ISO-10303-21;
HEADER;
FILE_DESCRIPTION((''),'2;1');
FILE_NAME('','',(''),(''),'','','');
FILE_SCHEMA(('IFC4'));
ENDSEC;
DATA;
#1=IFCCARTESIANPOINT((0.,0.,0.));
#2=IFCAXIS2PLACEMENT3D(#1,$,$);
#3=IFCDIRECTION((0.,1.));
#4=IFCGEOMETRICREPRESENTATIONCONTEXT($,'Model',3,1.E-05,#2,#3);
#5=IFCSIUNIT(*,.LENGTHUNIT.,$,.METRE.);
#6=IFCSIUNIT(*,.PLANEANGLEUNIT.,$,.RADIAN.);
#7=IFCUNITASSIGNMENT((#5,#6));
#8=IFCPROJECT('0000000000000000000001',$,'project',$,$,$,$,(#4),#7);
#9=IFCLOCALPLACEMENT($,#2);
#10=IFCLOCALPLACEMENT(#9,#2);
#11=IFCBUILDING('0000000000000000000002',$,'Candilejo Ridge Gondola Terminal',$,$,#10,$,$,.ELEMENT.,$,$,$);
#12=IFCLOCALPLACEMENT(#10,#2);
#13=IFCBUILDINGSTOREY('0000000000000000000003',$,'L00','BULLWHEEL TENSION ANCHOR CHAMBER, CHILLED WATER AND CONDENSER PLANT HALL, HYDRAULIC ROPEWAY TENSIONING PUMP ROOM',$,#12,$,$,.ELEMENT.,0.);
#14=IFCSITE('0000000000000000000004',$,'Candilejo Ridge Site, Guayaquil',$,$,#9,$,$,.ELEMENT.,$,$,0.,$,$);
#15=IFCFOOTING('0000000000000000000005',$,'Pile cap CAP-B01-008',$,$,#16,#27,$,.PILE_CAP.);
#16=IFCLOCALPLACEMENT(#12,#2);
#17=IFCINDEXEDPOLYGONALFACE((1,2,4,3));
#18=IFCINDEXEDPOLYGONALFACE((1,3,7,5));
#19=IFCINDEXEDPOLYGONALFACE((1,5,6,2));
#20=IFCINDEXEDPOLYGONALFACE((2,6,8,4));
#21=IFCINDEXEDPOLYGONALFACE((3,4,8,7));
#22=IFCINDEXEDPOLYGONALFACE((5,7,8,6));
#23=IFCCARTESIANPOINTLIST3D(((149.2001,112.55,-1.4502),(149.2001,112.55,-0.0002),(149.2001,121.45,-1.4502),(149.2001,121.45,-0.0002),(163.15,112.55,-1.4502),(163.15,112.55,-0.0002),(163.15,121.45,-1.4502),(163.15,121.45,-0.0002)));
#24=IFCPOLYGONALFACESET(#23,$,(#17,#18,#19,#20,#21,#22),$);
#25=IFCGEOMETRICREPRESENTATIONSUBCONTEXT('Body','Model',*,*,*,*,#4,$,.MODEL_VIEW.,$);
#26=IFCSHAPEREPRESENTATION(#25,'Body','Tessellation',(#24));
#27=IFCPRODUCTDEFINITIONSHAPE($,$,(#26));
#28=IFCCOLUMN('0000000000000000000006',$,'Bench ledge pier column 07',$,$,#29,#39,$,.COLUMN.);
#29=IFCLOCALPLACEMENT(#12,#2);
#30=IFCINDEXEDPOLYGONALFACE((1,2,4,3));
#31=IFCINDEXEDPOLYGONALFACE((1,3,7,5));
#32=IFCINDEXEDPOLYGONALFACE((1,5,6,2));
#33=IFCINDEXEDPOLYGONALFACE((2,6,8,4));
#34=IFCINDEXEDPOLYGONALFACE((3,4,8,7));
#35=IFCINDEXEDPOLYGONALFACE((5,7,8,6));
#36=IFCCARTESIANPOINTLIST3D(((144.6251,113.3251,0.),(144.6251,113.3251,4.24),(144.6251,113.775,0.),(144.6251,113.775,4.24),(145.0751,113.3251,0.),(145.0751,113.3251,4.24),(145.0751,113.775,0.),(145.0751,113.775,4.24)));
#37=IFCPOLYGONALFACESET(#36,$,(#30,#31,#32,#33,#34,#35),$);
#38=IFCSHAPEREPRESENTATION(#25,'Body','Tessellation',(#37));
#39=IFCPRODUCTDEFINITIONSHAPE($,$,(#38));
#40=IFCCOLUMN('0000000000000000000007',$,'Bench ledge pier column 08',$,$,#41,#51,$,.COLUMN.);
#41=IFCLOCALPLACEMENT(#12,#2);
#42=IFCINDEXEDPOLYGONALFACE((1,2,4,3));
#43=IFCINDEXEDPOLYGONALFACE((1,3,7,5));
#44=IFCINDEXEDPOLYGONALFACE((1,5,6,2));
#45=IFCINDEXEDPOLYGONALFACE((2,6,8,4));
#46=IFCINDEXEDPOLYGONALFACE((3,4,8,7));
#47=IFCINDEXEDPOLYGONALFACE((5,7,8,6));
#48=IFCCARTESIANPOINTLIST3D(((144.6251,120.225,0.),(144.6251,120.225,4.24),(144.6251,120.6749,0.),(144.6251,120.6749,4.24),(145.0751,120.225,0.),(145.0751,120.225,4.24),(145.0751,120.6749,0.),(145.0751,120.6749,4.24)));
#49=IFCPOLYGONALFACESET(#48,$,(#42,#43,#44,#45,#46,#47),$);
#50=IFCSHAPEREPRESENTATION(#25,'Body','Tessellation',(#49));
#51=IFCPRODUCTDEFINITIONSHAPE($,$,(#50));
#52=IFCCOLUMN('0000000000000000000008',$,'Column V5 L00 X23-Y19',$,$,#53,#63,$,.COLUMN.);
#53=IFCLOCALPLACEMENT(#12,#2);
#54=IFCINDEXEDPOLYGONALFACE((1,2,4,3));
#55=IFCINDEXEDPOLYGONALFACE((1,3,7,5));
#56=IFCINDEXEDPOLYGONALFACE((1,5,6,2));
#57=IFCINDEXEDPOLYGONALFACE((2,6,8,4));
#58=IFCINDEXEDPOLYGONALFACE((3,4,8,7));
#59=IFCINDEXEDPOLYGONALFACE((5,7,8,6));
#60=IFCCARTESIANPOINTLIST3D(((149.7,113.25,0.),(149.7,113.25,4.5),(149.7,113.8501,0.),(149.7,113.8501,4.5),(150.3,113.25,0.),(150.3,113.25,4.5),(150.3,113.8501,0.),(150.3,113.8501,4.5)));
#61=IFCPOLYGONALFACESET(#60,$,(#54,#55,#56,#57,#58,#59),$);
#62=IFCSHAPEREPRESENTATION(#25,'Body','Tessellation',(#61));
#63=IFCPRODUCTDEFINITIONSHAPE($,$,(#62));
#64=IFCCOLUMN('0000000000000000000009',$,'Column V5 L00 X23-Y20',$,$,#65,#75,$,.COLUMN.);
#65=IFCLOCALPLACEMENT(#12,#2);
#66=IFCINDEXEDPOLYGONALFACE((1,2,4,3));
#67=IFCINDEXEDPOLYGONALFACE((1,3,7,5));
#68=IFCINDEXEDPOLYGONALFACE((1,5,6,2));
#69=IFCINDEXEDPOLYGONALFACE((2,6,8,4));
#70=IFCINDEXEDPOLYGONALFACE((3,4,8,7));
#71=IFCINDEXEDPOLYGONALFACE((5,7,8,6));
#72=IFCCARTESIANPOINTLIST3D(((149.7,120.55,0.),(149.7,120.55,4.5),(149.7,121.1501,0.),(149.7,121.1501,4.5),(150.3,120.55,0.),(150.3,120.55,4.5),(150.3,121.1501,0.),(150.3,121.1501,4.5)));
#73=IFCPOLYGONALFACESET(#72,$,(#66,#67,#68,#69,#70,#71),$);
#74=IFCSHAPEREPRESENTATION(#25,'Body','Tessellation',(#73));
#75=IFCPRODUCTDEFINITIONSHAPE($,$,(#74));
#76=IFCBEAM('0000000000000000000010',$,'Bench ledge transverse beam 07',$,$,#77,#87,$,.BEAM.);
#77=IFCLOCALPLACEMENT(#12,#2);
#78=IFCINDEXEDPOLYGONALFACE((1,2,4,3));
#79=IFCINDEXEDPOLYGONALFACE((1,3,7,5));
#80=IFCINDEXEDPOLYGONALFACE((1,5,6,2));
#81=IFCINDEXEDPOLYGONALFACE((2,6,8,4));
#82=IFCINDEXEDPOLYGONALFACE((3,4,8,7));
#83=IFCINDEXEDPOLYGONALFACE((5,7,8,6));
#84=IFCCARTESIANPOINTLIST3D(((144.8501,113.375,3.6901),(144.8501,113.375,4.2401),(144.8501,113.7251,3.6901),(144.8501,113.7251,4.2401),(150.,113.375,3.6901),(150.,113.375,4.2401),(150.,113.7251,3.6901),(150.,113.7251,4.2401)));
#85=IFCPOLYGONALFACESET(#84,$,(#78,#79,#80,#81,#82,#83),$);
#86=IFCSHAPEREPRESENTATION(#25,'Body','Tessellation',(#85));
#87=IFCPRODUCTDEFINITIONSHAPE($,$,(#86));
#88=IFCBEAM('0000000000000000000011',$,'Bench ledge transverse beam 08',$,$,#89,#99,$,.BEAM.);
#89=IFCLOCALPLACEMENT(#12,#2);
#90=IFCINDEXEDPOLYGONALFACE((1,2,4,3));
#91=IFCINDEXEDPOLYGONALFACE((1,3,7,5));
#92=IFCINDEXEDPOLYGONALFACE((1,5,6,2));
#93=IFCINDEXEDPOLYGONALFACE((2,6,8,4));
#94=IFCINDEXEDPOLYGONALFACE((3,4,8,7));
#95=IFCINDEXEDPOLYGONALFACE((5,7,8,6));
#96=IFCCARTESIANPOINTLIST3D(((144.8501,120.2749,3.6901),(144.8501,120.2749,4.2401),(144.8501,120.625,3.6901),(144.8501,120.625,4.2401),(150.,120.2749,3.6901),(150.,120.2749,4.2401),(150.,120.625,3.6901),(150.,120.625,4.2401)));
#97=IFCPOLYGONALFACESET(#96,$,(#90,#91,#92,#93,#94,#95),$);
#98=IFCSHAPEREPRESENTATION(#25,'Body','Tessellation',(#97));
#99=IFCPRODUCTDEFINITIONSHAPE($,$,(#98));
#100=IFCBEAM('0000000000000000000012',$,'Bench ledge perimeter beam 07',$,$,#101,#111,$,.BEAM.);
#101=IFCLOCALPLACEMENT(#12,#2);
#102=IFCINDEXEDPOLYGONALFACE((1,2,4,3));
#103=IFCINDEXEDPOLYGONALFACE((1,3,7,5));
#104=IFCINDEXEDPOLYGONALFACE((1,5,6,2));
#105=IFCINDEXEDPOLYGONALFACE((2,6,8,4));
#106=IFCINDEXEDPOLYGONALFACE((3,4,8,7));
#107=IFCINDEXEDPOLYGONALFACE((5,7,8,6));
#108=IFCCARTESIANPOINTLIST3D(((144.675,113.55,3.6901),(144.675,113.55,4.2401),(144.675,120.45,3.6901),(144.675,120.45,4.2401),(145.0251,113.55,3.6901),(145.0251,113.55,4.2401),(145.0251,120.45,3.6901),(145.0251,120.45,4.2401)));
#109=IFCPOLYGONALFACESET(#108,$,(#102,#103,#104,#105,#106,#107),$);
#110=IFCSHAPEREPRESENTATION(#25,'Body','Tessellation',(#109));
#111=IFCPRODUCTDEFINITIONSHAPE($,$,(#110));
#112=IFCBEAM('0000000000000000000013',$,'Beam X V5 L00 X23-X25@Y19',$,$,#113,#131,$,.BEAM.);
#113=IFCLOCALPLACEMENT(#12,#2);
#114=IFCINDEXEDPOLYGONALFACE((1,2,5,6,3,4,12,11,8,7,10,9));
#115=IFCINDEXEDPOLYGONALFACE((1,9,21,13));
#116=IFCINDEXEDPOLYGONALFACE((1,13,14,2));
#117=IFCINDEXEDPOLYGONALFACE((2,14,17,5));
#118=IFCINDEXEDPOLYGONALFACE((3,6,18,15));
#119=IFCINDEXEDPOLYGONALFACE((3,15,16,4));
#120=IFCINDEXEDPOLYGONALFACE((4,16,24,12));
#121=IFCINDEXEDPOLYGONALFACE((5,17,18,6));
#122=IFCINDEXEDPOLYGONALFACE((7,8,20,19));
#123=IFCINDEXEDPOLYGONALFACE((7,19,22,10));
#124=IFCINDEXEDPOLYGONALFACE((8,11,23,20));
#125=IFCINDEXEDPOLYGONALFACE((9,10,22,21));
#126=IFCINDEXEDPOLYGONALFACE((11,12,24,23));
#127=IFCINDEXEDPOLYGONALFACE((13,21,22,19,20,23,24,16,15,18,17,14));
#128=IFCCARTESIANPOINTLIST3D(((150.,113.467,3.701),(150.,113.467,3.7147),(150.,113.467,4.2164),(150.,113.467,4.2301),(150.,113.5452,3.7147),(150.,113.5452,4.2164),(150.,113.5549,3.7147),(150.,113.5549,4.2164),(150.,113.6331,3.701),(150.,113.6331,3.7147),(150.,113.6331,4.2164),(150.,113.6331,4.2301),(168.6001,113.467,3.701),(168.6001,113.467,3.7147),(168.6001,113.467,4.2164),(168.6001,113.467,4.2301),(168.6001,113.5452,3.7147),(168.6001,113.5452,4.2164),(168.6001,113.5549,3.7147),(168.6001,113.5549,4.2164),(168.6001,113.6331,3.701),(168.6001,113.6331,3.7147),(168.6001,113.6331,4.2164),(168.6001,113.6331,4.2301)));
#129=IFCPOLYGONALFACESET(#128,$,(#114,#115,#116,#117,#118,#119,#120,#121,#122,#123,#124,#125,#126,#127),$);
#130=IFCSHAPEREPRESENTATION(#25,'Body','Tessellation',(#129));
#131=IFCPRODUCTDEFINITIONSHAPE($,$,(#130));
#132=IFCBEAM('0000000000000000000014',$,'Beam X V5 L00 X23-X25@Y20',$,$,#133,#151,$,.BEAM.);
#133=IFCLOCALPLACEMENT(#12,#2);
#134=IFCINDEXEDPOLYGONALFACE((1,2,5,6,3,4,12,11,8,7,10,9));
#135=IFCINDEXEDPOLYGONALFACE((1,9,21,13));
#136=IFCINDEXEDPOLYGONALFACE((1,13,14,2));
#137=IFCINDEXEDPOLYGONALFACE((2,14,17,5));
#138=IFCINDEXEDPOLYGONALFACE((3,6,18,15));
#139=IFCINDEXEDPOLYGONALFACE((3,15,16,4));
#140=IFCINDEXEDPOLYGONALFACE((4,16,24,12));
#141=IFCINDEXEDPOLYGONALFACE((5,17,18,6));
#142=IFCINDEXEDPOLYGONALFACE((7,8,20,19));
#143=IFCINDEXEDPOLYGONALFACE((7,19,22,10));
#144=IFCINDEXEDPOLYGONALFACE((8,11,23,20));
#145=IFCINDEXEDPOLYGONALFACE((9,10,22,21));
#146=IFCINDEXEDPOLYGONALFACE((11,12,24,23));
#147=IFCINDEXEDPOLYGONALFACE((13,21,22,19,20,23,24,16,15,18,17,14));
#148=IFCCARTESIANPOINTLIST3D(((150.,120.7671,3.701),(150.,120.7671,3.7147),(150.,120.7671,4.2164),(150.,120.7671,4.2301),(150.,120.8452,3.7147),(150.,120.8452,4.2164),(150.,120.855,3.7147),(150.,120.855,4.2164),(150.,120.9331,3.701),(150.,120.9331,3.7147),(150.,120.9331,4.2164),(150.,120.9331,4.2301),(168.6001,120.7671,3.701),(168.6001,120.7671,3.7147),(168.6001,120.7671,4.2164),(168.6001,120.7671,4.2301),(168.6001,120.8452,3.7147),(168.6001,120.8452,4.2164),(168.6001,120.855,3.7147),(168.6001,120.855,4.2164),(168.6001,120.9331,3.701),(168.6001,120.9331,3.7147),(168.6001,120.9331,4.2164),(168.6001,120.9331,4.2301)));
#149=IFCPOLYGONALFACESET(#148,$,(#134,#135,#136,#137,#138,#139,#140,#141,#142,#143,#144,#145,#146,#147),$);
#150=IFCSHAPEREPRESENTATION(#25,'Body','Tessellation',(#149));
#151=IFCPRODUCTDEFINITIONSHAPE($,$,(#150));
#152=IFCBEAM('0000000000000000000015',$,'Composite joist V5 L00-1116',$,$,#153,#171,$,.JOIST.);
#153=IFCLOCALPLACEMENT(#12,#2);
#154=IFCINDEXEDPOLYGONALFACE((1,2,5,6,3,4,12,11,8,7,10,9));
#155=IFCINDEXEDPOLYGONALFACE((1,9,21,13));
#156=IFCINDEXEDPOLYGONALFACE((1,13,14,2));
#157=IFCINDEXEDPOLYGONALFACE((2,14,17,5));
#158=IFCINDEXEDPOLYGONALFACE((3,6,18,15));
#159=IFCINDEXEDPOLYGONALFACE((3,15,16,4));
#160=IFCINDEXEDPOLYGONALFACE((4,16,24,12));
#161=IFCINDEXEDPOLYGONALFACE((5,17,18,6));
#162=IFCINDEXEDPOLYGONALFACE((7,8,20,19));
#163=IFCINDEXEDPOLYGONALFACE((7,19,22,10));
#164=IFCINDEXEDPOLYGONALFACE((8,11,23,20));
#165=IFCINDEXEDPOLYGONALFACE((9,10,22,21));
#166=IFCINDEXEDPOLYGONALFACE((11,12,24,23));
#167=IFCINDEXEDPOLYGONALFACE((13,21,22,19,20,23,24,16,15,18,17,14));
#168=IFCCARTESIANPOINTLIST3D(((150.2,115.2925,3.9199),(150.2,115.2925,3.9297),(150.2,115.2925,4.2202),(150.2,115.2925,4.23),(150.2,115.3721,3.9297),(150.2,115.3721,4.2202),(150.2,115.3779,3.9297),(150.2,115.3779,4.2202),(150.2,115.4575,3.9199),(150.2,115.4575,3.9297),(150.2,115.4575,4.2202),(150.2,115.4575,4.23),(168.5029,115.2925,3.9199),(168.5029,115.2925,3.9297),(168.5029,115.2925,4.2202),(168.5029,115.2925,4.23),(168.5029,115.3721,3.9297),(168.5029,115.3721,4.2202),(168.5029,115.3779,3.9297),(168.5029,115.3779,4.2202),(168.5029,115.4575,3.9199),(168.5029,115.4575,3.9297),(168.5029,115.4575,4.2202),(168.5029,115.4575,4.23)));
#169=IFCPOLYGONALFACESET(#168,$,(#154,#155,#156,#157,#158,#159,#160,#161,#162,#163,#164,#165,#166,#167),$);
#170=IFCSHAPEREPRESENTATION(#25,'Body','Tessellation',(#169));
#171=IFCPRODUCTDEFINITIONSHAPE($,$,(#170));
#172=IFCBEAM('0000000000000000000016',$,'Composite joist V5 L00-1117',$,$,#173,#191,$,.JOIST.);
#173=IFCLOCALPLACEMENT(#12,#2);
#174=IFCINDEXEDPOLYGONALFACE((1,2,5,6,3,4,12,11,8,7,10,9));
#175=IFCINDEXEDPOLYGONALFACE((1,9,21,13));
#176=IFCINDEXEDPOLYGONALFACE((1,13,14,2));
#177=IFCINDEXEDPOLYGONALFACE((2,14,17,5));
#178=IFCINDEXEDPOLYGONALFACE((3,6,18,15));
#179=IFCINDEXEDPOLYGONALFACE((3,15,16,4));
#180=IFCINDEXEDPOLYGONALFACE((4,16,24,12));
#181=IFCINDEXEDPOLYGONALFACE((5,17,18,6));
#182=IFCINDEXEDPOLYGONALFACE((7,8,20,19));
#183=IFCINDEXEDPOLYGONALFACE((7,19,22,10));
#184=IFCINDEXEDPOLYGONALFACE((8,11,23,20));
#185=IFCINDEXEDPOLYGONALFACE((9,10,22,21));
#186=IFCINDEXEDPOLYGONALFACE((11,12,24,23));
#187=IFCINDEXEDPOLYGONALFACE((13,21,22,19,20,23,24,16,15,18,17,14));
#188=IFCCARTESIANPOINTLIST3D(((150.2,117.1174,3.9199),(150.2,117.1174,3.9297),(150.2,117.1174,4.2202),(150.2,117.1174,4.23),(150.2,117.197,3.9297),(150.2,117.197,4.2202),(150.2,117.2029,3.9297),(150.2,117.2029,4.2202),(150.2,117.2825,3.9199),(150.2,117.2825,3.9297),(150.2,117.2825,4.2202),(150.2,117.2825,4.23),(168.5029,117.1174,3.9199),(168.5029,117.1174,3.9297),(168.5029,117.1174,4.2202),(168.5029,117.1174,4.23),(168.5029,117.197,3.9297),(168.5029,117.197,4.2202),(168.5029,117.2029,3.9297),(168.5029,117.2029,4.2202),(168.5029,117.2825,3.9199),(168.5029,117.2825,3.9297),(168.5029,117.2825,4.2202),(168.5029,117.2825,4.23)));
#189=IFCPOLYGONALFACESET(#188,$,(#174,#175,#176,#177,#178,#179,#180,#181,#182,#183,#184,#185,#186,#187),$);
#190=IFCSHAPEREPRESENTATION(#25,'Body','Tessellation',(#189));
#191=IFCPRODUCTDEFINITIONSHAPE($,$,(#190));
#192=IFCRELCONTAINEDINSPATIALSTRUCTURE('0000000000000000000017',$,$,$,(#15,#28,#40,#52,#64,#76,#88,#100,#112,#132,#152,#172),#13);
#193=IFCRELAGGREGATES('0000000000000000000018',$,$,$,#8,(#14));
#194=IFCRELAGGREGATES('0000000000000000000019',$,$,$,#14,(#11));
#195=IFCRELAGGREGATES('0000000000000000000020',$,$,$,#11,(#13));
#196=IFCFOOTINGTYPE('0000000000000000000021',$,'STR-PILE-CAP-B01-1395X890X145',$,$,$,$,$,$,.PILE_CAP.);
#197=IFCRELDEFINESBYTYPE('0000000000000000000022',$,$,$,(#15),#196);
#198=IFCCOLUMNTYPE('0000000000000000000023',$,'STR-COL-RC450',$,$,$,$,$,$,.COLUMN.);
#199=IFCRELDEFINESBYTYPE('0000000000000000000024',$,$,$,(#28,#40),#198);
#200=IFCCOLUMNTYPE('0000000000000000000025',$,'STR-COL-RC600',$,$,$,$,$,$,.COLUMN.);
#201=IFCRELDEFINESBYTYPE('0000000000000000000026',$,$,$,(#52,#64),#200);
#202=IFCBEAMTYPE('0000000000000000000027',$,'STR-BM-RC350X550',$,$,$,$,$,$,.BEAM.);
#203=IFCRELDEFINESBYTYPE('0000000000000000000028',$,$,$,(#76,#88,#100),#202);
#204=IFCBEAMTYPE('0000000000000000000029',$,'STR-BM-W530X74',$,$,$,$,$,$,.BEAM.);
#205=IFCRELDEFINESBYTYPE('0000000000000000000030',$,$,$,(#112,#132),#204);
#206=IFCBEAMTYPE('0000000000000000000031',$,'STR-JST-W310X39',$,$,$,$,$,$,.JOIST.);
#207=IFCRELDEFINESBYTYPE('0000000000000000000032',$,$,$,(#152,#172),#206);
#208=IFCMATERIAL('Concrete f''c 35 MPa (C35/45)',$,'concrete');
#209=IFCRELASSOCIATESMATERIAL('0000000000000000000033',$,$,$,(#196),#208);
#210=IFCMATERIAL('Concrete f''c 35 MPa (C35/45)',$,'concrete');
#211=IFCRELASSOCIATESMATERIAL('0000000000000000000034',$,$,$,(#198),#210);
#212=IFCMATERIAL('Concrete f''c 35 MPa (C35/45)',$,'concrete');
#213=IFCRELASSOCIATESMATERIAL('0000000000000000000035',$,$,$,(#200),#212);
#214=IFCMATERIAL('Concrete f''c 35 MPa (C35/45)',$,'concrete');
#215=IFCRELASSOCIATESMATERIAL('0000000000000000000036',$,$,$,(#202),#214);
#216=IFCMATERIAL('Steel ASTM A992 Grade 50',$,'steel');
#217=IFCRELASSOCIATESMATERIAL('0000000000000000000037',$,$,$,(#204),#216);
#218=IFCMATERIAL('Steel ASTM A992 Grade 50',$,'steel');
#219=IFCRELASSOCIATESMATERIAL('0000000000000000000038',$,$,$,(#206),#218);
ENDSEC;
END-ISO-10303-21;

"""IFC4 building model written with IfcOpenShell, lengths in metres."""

from ifc_helpers import new_model, si_unit, direction, frame, origin, origin_2d, place, context, subcontext, project, spatial, rectangle, i_section, extrude, material, material_profile, profile_set, type_object, element, save


model = new_model("IFC4")

# Units and contexts
model_context = context("Model", 3, precision=1e-05, world=origin(), true_north=direction((0.0, 1.0)))
body_context = subcontext(model_context, "Body", "Model", "MODEL_VIEW")
ifc_project = project(units=[si_unit("LENGTHUNIT", "METRE"), si_unit("PLANEANGLEUNIT", "RADIAN")], contexts=[model_context])

# Site, building, storey
site_placement = place(None, origin())
site = spatial("IfcSite", under=ifc_project, at=site_placement, Name="Candilejo Ridge Site, Guayaquil", CompositionType="ELEMENT", RefElevation=0.0)
building_placement = place(site_placement, origin())
building = spatial("IfcBuilding", under=site, at=building_placement, Name="Candilejo Ridge Gondola Terminal", CompositionType="ELEMENT")
storey_placement = place(building_placement, origin())
storey = spatial("IfcBuildingStorey", under=building, at=storey_placement, Name="L00", Description="BULLWHEEL TENSION ANCHOR CHAMBER, CHILLED WATER AND CONDENSER PLANT HALL, HYDRAULIC ROPEWAY TENSIONING PUMP ROOM", CompositionType="ELEMENT", Elevation=0.0)

# Footing
ifc_material_1 = material(Name="Concrete f'c 35 MPa (C35/45)", Category="concrete")
footing_type_1 = type_object("IfcFootingType", Name="STR-PILE-CAP-B01-1395X890X145", PredefinedType="PILE_CAP", material=ifc_material_1)
footing_placement = place(storey_placement, frame((156.175, 117.0, -1.4502), z_axis=(0.0, 0.0, 1.0), x_axis=(1.0, 0.0, 0.0)))
element("IfcFooting", 1, at=footing_placement, inside=storey, type_object=footing_type_1, Name="Pile cap CAP-B01-008", PredefinedType="PILE_CAP", context=body_context, shape_type="SweptSolid", body=[
    extrude(rectangle(XDim=13.95, YDim=8.8999, at=origin_2d()), origin(), (0.0, 0.0, 1.0), 1.45),
])

# Columns
ifc_material_2 = material(Name="Concrete f'c 35 MPa (C35/45)", Category="concrete")
ifc_material_profile_1 = material_profile(ifc_material_2, rectangle(XDim=0.45, YDim=0.45, at=origin_2d()))
ifc_profile_set_1 = profile_set([ifc_material_profile_1], Name="Concrete f'c 35 MPa (C35/45)")
column_type_1 = type_object("IfcColumnType", Name="STR-COL-RC450", PredefinedType="COLUMN", material=ifc_profile_set_1)
for number, where, z_axis, x_axis, name in (
    (2, (144.8501, 113.55, 0.0), (0.0, 0.0, 1.0), (1.0, 0.0, 0.0), "Bench ledge pier column 07"),
    (3, (144.8501, 120.45, 0.0), (0.0, 0.0, 1.0), (1.0, 0.0, 0.0), "Bench ledge pier column 08"),
):
    element("IfcColumn", number, at=place(storey_placement, frame(where, z_axis=z_axis, x_axis=x_axis)), inside=storey, type_object=column_type_1, Name=name, PredefinedType="COLUMN", context=body_context, shape_type="SweptSolid", body=[
        extrude(rectangle(XDim=0.45, YDim=0.45, at=origin_2d()), origin(), (0.0, 0.0, 1.0), 4.24),
    ])
ifc_material_3 = material(Name="Concrete f'c 35 MPa (C35/45)", Category="concrete")
ifc_material_profile_2 = material_profile(ifc_material_3, rectangle(XDim=0.6001, YDim=0.6001, at=origin_2d()))
ifc_profile_set_2 = profile_set([ifc_material_profile_2], Name="Concrete f'c 35 MPa (C35/45)")
column_type_2 = type_object("IfcColumnType", Name="STR-COL-RC600", PredefinedType="COLUMN", material=ifc_profile_set_2)
for number, where, z_axis, x_axis, name in (
    (4, (150.0, 113.55, 0.0), (0.0, 0.0, 1.0), (1.0, 0.0, 0.0), "Column V5 L00 X23-Y19"),
    (5, (150.0, 120.8501, 0.0), (0.0, 0.0, 1.0), (1.0, 0.0, 0.0), "Column V5 L00 X23-Y20"),
):
    element("IfcColumn", number, at=place(storey_placement, frame(where, z_axis=z_axis, x_axis=x_axis)), inside=storey, type_object=column_type_2, Name=name, PredefinedType="COLUMN", context=body_context, shape_type="SweptSolid", body=[
        extrude(rectangle(XDim=0.6001, YDim=0.6001, at=origin_2d()), origin(), (0.0, 0.0, 1.0), 4.5),
    ])

# Beams
ifc_material_4 = material(Name="Concrete f'c 35 MPa (C35/45)", Category="concrete")
ifc_material_profile_3 = material_profile(ifc_material_4, rectangle(XDim=0.3501, YDim=0.55, at=origin_2d()))
ifc_profile_set_3 = profile_set([ifc_material_profile_3], Name="Concrete f'c 35 MPa (C35/45)")
beam_type_1 = type_object("IfcBeamType", Name="STR-BM-RC350X550", PredefinedType="BEAM", material=ifc_profile_set_3)
for number, where, z_axis, x_axis, name in (
    (6, (144.8501, 113.55, 3.9651), (1.0, 0.0, 0.0), (0.0, 1.0, 0.0), "Bench ledge transverse beam 07"),
    (7, (144.8501, 120.45, 3.9651), (1.0, 0.0, 0.0), (0.0, 1.0, 0.0), "Bench ledge transverse beam 08"),
):
    element("IfcBeam", number, at=place(storey_placement, frame(where, z_axis=z_axis, x_axis=x_axis)), inside=storey, type_object=beam_type_1, Name=name, PredefinedType="BEAM", context=body_context, shape_type="SweptSolid", body=[
        extrude(rectangle(XDim=0.3501, YDim=0.55, at=origin_2d()), origin(), (0.0, 0.0, 1.0), 5.1499),
    ])
beam_1_placement = place(storey_placement, frame((144.8501, 113.55, 3.9651), z_axis=(0.0, 1.0, 0.0), x_axis=(-1.0, 0.0, 0.0)))
element("IfcBeam", 8, at=beam_1_placement, inside=storey, type_object=beam_type_1, Name="Bench ledge perimeter beam 07", PredefinedType="BEAM", context=body_context, shape_type="SweptSolid", body=[
    extrude(rectangle(XDim=0.3501, YDim=0.55, at=origin_2d()), origin(), (0.0, 0.0, 1.0), 6.8999),
])
ifc_material_5 = material(Name="Steel ASTM A992 Grade 50", Category="steel")
ifc_material_profile_4 = material_profile(ifc_material_5, i_section(OverallWidth=0.166, OverallDepth=0.5291, WebThickness=0.0098, FlangeThickness=0.0137, at=origin_2d()))
ifc_profile_set_4 = profile_set([ifc_material_profile_4], Name="Steel ASTM A992 Grade 50")
beam_type_2 = type_object("IfcBeamType", Name="STR-BM-W530X74", PredefinedType="BEAM", material=ifc_profile_set_4)
for number, where, z_axis, x_axis, name in (
    (9, (150.0, 113.55, 3.9656), (1.0, 0.0, 0.0), (0.0, 1.0, 0.0), "Beam X V5 L00 X23-X25@Y19"),
    (10, (150.0, 120.8501, 3.9656), (1.0, 0.0, 0.0), (0.0, 1.0, 0.0), "Beam X V5 L00 X23-X25@Y20"),
):
    element("IfcBeam", number, at=place(storey_placement, frame(where, z_axis=z_axis, x_axis=x_axis)), inside=storey, type_object=beam_type_2, Name=name, PredefinedType="BEAM", context=body_context, shape_type="SweptSolid", body=[
        extrude(i_section(OverallWidth=0.166, OverallDepth=0.5291, WebThickness=0.0098, FlangeThickness=0.0137, at=origin_2d()), origin(), (0.0, 0.0, 1.0), 18.6001),
    ])
ifc_material_6 = material(Name="Steel ASTM A992 Grade 50", Category="steel")
ifc_material_profile_5 = material_profile(ifc_material_6, i_section(OverallWidth=0.165, OverallDepth=0.3101, WebThickness=0.0059, FlangeThickness=0.0098, at=origin_2d()))
ifc_profile_set_5 = profile_set([ifc_material_profile_5], Name="Steel ASTM A992 Grade 50")
beam_type_3 = type_object("IfcBeamType", Name="STR-JST-W310X39", PredefinedType="JOIST", material=ifc_profile_set_5)
for number, where, z_axis, x_axis, name in (
    (11, (150.2, 115.375, 4.075), (1.0, 0.0, 0.0), (0.0, 1.0, 0.0), "Composite joist V5 L00-1116"),
    (12, (150.2, 117.2, 4.075), (1.0, 0.0, 0.0), (0.0, 1.0, 0.0), "Composite joist V5 L00-1117"),
):
    element("IfcBeam", number, at=place(storey_placement, frame(where, z_axis=z_axis, x_axis=x_axis)), inside=storey, type_object=beam_type_3, Name=name, PredefinedType="JOIST", context=body_context, shape_type="SweptSolid", body=[
        extrude(i_section(OverallWidth=0.165, OverallDepth=0.3101, WebThickness=0.0059, FlangeThickness=0.0098, at=origin_2d()), origin(), (0.0, 0.0, 1.0), 18.303),
    ])

save(model, "model.ifc")
